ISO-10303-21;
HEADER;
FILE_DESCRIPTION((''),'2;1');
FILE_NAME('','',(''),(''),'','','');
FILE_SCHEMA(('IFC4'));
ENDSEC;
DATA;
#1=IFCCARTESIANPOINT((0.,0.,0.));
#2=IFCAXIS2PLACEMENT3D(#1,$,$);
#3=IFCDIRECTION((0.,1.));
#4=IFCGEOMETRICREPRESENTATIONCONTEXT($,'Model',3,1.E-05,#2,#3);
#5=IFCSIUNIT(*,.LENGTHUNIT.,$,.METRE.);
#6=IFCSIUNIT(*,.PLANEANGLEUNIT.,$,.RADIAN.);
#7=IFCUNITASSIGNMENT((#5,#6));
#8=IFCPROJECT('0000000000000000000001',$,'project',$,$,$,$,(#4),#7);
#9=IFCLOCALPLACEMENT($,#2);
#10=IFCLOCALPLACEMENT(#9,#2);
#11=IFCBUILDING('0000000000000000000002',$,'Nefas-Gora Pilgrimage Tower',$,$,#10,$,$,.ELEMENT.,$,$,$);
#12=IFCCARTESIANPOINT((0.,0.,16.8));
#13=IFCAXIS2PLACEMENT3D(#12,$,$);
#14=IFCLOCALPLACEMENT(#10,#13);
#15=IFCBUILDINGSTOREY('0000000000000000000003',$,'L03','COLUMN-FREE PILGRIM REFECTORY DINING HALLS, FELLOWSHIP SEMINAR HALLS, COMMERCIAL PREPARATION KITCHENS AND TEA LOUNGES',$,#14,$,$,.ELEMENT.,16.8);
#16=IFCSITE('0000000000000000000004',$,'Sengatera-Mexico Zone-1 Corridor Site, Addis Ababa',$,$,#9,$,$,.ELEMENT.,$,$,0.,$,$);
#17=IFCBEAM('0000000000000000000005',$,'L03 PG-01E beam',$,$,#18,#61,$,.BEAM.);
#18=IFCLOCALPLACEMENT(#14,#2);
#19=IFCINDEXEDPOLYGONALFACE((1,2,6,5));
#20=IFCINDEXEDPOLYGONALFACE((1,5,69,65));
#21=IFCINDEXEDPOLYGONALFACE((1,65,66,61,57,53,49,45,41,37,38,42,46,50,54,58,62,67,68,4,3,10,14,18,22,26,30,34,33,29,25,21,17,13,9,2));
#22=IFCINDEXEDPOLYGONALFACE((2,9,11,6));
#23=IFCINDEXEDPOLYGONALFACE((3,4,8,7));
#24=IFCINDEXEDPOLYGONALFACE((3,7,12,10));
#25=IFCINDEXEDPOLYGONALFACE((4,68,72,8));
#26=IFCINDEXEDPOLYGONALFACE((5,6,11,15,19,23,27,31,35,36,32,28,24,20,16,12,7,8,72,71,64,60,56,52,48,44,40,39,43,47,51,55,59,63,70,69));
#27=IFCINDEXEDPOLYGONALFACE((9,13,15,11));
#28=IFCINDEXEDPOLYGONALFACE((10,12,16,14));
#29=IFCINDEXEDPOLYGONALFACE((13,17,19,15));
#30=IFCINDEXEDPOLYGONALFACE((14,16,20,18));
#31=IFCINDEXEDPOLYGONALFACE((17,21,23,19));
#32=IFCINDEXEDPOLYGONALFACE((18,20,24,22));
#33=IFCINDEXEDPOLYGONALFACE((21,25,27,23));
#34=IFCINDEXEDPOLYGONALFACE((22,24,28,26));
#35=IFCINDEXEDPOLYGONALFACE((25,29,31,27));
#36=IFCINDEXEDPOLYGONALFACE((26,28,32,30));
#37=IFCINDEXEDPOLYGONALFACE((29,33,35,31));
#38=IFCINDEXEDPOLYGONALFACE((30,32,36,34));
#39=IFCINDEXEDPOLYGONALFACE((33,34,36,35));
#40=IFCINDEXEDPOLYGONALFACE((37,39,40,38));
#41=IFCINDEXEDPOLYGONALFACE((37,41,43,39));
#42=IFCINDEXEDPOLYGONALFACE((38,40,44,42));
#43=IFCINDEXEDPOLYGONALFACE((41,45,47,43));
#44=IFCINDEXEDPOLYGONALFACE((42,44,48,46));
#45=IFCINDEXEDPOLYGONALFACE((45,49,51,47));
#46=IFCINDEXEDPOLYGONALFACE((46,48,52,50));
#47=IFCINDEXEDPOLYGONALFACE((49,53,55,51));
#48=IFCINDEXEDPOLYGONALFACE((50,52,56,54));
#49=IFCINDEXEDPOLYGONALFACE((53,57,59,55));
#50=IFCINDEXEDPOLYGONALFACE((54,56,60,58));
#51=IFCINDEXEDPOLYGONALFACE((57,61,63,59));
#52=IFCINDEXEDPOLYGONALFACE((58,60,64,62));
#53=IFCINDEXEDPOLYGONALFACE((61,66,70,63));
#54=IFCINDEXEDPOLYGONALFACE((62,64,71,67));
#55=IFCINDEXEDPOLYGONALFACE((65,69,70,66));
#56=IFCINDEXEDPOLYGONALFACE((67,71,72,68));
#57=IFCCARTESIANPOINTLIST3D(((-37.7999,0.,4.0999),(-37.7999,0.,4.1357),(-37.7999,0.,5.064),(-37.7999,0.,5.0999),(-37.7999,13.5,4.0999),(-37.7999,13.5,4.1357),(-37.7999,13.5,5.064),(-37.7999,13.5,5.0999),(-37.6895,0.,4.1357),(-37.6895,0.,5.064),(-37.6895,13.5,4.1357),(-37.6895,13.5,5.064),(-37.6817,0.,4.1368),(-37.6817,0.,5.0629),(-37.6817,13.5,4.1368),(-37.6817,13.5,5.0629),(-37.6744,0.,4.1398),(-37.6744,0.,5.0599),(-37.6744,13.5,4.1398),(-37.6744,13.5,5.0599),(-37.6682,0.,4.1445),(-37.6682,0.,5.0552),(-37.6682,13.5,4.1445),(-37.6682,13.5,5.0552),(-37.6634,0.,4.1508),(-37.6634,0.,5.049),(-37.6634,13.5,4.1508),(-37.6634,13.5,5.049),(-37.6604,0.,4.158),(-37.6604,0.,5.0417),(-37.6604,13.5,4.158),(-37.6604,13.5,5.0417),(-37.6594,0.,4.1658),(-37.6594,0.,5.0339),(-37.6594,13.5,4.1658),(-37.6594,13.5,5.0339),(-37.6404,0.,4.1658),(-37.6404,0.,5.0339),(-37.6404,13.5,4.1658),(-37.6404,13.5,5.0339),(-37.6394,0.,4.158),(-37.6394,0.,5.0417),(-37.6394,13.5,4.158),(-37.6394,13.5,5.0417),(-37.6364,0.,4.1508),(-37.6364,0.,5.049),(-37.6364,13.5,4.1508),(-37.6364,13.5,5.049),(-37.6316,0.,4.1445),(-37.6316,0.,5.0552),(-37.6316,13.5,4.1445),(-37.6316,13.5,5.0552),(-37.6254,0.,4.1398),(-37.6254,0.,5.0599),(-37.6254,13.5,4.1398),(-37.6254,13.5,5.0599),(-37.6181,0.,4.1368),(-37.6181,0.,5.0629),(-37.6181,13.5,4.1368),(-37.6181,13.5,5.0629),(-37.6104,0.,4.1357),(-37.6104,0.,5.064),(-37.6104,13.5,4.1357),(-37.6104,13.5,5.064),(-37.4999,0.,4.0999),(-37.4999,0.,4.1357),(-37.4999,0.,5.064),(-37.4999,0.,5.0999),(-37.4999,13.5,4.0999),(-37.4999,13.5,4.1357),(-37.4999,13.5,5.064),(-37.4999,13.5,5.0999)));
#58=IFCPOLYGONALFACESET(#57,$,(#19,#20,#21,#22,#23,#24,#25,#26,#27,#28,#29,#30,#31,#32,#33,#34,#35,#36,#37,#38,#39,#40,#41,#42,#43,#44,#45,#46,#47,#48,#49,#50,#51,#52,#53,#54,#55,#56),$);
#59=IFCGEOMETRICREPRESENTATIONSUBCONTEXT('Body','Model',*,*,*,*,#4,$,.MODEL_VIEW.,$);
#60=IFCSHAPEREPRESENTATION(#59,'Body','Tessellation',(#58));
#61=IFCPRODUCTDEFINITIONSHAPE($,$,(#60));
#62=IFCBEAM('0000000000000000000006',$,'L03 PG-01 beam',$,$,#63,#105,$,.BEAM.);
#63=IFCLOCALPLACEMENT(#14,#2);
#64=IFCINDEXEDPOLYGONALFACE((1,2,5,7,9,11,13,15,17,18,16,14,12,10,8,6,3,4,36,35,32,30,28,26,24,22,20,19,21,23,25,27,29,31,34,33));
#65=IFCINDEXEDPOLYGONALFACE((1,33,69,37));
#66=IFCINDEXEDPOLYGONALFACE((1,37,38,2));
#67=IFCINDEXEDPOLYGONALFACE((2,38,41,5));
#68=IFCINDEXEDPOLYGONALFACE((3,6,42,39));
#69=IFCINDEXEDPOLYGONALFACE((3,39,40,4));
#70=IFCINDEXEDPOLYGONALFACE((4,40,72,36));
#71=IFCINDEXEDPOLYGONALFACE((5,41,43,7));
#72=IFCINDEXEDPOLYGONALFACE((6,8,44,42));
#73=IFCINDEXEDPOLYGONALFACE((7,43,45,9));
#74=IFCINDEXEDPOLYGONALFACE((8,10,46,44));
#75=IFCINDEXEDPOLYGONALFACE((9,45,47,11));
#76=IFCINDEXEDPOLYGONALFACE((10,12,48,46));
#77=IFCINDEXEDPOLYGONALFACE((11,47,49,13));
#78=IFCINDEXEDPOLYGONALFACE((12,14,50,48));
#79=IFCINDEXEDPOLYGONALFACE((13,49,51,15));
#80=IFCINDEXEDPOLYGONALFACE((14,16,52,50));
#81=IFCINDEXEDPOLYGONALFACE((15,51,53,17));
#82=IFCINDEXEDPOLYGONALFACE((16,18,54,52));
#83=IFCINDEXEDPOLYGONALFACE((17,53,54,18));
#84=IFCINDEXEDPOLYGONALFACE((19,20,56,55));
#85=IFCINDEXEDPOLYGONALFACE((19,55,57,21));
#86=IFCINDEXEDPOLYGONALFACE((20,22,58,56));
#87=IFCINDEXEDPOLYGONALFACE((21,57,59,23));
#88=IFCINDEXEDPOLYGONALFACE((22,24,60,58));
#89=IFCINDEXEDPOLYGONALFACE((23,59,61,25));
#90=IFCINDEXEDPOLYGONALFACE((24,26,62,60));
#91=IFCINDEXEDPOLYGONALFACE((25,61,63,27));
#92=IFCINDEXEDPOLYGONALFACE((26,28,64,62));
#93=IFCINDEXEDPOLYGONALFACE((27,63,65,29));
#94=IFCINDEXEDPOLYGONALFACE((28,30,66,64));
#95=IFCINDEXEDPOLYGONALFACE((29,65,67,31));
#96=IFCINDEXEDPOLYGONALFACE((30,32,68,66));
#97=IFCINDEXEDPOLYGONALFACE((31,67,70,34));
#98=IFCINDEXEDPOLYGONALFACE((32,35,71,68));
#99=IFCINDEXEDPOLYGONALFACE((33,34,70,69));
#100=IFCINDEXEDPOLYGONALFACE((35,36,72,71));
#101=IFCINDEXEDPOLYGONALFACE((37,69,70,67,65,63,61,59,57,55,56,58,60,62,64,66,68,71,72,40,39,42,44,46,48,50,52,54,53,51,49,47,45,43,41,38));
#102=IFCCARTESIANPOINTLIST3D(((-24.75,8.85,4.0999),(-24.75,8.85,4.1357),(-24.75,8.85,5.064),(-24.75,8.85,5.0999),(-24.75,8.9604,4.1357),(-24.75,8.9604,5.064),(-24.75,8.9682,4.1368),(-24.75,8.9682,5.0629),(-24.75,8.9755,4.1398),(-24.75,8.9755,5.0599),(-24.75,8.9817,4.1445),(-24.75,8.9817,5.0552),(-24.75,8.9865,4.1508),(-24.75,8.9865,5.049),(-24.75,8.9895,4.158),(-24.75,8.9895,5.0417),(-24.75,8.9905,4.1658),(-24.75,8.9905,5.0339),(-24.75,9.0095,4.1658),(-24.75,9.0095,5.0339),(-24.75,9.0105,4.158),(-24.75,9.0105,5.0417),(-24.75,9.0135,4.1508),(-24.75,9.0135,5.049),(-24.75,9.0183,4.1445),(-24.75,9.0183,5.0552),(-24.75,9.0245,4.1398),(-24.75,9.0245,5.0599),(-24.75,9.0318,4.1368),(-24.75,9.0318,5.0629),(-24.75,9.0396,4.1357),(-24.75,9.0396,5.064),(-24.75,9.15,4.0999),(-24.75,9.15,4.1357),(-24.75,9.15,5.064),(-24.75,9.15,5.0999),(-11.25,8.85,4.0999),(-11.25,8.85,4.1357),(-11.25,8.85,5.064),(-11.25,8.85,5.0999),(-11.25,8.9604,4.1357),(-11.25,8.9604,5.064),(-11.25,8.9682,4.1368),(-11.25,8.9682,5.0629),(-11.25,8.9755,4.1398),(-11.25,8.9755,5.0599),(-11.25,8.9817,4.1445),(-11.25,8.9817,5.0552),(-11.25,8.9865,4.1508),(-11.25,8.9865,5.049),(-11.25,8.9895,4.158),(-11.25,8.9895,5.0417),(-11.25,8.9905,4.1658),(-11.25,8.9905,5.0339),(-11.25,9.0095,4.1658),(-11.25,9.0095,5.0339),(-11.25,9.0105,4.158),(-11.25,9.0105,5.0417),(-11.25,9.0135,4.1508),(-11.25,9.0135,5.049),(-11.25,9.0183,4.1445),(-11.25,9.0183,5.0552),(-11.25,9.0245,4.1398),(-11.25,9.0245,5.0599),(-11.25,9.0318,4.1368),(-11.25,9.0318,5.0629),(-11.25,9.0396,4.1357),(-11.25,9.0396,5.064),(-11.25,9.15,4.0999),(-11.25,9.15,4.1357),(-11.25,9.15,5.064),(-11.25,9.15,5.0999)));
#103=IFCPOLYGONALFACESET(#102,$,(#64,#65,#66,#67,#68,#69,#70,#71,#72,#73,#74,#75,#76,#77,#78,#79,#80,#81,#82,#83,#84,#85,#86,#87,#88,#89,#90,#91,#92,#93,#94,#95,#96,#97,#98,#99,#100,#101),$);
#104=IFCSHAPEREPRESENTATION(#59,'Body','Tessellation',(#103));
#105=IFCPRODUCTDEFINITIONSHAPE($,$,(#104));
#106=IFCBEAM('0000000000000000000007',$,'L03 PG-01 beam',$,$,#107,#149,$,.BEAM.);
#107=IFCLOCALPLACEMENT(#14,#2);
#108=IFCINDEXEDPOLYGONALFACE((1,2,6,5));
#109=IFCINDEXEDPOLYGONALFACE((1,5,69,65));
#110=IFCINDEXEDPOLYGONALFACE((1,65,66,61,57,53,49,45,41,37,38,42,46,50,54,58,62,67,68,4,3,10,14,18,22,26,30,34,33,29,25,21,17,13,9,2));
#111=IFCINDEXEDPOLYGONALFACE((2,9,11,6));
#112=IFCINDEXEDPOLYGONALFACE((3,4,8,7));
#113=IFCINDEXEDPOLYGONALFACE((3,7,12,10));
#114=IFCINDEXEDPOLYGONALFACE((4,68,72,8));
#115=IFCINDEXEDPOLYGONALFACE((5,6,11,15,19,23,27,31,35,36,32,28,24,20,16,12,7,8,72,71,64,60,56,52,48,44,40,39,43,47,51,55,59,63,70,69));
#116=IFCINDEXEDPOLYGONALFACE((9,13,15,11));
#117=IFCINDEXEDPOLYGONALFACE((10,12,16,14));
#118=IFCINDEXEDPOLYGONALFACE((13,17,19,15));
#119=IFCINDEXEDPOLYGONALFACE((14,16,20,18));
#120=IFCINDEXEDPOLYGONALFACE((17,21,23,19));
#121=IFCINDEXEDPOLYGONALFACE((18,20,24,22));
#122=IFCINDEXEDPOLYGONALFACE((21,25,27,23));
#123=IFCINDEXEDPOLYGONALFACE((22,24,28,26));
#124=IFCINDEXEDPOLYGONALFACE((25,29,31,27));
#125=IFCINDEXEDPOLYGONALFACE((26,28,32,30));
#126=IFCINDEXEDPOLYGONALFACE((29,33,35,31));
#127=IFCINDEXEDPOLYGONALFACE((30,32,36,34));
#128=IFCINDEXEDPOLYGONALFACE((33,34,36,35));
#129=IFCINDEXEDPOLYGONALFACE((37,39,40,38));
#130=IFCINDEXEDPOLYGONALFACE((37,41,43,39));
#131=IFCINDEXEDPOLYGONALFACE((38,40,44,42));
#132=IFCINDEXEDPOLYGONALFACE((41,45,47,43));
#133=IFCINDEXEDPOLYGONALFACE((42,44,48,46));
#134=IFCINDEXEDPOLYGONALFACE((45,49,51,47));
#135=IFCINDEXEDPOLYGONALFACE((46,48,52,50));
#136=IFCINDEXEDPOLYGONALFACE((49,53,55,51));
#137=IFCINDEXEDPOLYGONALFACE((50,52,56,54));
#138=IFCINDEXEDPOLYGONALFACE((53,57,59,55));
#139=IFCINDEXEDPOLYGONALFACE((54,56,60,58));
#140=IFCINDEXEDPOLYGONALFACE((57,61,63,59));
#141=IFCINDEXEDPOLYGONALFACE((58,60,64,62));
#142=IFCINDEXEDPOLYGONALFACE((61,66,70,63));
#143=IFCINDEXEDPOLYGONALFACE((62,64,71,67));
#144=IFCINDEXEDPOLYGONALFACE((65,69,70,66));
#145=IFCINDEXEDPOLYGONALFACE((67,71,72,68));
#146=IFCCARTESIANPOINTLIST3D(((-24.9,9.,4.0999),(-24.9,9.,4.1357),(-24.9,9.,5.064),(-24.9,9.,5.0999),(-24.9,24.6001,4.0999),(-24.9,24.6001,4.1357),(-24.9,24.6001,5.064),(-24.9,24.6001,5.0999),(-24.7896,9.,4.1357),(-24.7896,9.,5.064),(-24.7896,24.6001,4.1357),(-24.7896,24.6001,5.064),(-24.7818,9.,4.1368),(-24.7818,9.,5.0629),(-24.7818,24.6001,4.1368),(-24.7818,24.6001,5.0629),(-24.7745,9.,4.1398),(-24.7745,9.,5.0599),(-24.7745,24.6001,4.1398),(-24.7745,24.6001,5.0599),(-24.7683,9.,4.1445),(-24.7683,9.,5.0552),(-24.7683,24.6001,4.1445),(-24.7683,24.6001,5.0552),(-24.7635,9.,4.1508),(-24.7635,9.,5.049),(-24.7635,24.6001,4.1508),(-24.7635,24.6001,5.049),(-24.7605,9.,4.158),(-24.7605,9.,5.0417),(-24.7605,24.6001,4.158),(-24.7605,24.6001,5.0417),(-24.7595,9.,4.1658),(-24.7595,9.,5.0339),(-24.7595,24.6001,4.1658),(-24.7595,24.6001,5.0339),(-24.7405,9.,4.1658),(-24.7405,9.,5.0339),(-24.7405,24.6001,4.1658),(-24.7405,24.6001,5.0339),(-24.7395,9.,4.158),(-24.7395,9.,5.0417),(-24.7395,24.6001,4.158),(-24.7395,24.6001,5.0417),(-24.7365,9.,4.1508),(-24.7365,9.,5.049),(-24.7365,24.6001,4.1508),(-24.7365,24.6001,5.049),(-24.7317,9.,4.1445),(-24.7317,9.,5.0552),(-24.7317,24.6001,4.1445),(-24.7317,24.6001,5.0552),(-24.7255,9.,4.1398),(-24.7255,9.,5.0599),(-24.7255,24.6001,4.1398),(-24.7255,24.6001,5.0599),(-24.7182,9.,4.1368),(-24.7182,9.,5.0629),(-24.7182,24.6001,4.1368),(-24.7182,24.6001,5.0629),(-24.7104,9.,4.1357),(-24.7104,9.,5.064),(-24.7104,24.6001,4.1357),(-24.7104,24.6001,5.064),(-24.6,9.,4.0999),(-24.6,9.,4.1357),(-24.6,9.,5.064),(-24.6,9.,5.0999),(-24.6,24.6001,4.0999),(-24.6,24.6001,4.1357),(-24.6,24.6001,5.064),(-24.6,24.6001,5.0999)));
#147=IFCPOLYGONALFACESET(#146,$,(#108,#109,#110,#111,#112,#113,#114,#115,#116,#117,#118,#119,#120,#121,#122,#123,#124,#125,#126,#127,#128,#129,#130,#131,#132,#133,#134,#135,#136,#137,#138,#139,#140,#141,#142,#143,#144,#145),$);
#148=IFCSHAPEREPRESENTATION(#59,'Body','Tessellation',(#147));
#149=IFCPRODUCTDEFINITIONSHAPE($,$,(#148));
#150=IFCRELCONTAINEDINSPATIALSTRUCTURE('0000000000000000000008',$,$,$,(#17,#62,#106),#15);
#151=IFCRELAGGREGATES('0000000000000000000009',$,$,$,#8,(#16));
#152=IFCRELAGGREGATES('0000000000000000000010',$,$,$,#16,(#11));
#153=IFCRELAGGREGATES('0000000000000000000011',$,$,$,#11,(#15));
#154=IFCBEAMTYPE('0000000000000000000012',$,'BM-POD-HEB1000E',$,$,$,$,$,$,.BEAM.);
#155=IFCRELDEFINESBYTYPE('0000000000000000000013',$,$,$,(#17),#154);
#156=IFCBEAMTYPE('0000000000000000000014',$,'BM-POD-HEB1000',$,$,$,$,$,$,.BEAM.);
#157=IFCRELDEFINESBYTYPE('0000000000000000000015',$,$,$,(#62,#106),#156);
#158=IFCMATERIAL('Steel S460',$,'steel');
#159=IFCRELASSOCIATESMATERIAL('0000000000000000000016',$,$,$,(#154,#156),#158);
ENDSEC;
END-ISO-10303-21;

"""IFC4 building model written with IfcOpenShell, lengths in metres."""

from ifc_helpers import new_model, si_unit, direction, frame, origin, origin_2d, place, context, subcontext, project, spatial, i_section, extrude, source, transform, mapped, material, material_profile, profile_set, type_object, element, save


model = new_model("IFC4")

# Units and contexts
model_context = context("Model", 3, precision=1e-05, world=origin(), true_north=direction((0.0, 1.0)))
body_context = subcontext(model_context, "Body", "Model", "MODEL_VIEW")
ifc_project = project(units=[si_unit("LENGTHUNIT", "METRE"), si_unit("PLANEANGLEUNIT", "RADIAN")], contexts=[model_context])

# Site, building, storey
site_placement = place(None, origin())
site = spatial("IfcSite", under=ifc_project, at=site_placement, Name="Sengatera-Mexico Zone-1 Corridor Site, Addis Ababa", CompositionType="ELEMENT", RefElevation=0.0)
building_placement = place(site_placement, origin())
building = spatial("IfcBuilding", under=site, at=building_placement, Name="Nefas-Gora Pilgrimage Tower", CompositionType="ELEMENT")
storey_placement = place(building_placement, frame((0.0, 0.0, 16.8)))
storey = spatial("IfcBuildingStorey", under=building, at=storey_placement, Name="L03", Description="COLUMN-FREE PILGRIM REFECTORY DINING HALLS, FELLOWSHIP SEMINAR HALLS, COMMERCIAL PREPARATION KITCHENS AND TEA LOUNGES", CompositionType="ELEMENT", Elevation=16.8)

# Shared definitions
ifc_material_1 = material(Name="Steel S460", Category="steel")

# Beams
ifc_material_profile_1 = material_profile(ifc_material_1, i_section(OverallWidth=0.3, OverallDepth=1.0, WebThickness=0.019, FlangeThickness=0.0359, FilletRadius=0.03, at=origin_2d()), Name="HEB 1000")
ifc_profile_set_1 = profile_set([ifc_material_profile_1], Name="Steel S460")
beam_type_1 = type_object("IfcBeamType", Name="BM-POD-HEB1000E", PredefinedType="BEAM", material=ifc_profile_set_1)
shared_shape_1 = source(origin(), body_context, "Body", "SweptSolid", [
    extrude(i_section(OverallWidth=0.3, OverallDepth=1.0, WebThickness=0.019, FlangeThickness=0.0359, FilletRadius=0.03, at=origin_2d()), origin(), (0.0, 0.0, 1.0), 13.5),
])
beam_1_placement = place(storey_placement, frame((-37.6499, 0.0, 4.5999), z_axis=(0.0, 1.0, 0.0), x_axis=(-1.0, 0.0, 0.0)))
element("IfcBeam", 1, at=beam_1_placement, inside=storey, type_object=beam_type_1, Name="L03 PG-01E beam", PredefinedType="BEAM", context=body_context, shape_type="MappedRepresentation", body=[
    mapped(shared_shape_1, transform((0.0, 0.0, 0.0), x_axis=(1.0, 0.0, 0.0), y_axis=(0.0, 1.0, 0.0), z_axis=(0.0, 0.0, 1.0), scale=1.0)),
])
ifc_material_profile_2 = material_profile(ifc_material_1, i_section(OverallWidth=0.3, OverallDepth=1.0, WebThickness=0.019, FlangeThickness=0.0359, FilletRadius=0.03, at=origin_2d()), Name="HEB 1000")
ifc_profile_set_2 = profile_set([ifc_material_profile_2], Name="Steel S460")
beam_type_2 = type_object("IfcBeamType", Name="BM-POD-HEB1000", PredefinedType="BEAM", material=ifc_profile_set_2)
shared_shape_2 = source(origin(), body_context, "Body", "SweptSolid", [
    extrude(i_section(OverallWidth=0.3, OverallDepth=1.0, WebThickness=0.019, FlangeThickness=0.0359, FilletRadius=0.03, at=origin_2d()), origin(), (0.0, 0.0, 1.0), 13.5),
])
beam_2_placement = place(storey_placement, frame((-24.75, 9.0, 4.5999), z_axis=(1.0, 0.0, 0.0), x_axis=(0.0, 1.0, 0.0)))
element("IfcBeam", 2, at=beam_2_placement, inside=storey, type_object=beam_type_2, Name="L03 PG-01 beam", PredefinedType="BEAM", context=body_context, shape_type="MappedRepresentation", body=[
    mapped(shared_shape_2, transform((0.0, 0.0, 0.0), x_axis=(1.0, 0.0, 0.0), y_axis=(0.0, 1.0, 0.0), z_axis=(0.0, 0.0, 1.0), scale=1.0)),
])
shared_shape_3 = source(origin(), body_context, "Body", "SweptSolid", [
    extrude(i_section(OverallWidth=0.3, OverallDepth=1.0, WebThickness=0.019, FlangeThickness=0.0359, FilletRadius=0.03, at=origin_2d()), origin(), (0.0, 0.0, 1.0), 15.6001),
])
beam_3_placement = place(storey_placement, frame((-24.75, 9.0, 4.5999), z_axis=(0.0, 1.0, 0.0), x_axis=(-1.0, 0.0, 0.0)))
element("IfcBeam", 3, at=beam_3_placement, inside=storey, type_object=beam_type_2, Name="L03 PG-01 beam", PredefinedType="BEAM", context=body_context, shape_type="MappedRepresentation", body=[
    mapped(shared_shape_3, transform((0.0, 0.0, 0.0), x_axis=(1.0, 0.0, 0.0), y_axis=(0.0, 1.0, 0.0), z_axis=(0.0, 0.0, 1.0), scale=1.0)),
])

save(model, "model.ifc")
